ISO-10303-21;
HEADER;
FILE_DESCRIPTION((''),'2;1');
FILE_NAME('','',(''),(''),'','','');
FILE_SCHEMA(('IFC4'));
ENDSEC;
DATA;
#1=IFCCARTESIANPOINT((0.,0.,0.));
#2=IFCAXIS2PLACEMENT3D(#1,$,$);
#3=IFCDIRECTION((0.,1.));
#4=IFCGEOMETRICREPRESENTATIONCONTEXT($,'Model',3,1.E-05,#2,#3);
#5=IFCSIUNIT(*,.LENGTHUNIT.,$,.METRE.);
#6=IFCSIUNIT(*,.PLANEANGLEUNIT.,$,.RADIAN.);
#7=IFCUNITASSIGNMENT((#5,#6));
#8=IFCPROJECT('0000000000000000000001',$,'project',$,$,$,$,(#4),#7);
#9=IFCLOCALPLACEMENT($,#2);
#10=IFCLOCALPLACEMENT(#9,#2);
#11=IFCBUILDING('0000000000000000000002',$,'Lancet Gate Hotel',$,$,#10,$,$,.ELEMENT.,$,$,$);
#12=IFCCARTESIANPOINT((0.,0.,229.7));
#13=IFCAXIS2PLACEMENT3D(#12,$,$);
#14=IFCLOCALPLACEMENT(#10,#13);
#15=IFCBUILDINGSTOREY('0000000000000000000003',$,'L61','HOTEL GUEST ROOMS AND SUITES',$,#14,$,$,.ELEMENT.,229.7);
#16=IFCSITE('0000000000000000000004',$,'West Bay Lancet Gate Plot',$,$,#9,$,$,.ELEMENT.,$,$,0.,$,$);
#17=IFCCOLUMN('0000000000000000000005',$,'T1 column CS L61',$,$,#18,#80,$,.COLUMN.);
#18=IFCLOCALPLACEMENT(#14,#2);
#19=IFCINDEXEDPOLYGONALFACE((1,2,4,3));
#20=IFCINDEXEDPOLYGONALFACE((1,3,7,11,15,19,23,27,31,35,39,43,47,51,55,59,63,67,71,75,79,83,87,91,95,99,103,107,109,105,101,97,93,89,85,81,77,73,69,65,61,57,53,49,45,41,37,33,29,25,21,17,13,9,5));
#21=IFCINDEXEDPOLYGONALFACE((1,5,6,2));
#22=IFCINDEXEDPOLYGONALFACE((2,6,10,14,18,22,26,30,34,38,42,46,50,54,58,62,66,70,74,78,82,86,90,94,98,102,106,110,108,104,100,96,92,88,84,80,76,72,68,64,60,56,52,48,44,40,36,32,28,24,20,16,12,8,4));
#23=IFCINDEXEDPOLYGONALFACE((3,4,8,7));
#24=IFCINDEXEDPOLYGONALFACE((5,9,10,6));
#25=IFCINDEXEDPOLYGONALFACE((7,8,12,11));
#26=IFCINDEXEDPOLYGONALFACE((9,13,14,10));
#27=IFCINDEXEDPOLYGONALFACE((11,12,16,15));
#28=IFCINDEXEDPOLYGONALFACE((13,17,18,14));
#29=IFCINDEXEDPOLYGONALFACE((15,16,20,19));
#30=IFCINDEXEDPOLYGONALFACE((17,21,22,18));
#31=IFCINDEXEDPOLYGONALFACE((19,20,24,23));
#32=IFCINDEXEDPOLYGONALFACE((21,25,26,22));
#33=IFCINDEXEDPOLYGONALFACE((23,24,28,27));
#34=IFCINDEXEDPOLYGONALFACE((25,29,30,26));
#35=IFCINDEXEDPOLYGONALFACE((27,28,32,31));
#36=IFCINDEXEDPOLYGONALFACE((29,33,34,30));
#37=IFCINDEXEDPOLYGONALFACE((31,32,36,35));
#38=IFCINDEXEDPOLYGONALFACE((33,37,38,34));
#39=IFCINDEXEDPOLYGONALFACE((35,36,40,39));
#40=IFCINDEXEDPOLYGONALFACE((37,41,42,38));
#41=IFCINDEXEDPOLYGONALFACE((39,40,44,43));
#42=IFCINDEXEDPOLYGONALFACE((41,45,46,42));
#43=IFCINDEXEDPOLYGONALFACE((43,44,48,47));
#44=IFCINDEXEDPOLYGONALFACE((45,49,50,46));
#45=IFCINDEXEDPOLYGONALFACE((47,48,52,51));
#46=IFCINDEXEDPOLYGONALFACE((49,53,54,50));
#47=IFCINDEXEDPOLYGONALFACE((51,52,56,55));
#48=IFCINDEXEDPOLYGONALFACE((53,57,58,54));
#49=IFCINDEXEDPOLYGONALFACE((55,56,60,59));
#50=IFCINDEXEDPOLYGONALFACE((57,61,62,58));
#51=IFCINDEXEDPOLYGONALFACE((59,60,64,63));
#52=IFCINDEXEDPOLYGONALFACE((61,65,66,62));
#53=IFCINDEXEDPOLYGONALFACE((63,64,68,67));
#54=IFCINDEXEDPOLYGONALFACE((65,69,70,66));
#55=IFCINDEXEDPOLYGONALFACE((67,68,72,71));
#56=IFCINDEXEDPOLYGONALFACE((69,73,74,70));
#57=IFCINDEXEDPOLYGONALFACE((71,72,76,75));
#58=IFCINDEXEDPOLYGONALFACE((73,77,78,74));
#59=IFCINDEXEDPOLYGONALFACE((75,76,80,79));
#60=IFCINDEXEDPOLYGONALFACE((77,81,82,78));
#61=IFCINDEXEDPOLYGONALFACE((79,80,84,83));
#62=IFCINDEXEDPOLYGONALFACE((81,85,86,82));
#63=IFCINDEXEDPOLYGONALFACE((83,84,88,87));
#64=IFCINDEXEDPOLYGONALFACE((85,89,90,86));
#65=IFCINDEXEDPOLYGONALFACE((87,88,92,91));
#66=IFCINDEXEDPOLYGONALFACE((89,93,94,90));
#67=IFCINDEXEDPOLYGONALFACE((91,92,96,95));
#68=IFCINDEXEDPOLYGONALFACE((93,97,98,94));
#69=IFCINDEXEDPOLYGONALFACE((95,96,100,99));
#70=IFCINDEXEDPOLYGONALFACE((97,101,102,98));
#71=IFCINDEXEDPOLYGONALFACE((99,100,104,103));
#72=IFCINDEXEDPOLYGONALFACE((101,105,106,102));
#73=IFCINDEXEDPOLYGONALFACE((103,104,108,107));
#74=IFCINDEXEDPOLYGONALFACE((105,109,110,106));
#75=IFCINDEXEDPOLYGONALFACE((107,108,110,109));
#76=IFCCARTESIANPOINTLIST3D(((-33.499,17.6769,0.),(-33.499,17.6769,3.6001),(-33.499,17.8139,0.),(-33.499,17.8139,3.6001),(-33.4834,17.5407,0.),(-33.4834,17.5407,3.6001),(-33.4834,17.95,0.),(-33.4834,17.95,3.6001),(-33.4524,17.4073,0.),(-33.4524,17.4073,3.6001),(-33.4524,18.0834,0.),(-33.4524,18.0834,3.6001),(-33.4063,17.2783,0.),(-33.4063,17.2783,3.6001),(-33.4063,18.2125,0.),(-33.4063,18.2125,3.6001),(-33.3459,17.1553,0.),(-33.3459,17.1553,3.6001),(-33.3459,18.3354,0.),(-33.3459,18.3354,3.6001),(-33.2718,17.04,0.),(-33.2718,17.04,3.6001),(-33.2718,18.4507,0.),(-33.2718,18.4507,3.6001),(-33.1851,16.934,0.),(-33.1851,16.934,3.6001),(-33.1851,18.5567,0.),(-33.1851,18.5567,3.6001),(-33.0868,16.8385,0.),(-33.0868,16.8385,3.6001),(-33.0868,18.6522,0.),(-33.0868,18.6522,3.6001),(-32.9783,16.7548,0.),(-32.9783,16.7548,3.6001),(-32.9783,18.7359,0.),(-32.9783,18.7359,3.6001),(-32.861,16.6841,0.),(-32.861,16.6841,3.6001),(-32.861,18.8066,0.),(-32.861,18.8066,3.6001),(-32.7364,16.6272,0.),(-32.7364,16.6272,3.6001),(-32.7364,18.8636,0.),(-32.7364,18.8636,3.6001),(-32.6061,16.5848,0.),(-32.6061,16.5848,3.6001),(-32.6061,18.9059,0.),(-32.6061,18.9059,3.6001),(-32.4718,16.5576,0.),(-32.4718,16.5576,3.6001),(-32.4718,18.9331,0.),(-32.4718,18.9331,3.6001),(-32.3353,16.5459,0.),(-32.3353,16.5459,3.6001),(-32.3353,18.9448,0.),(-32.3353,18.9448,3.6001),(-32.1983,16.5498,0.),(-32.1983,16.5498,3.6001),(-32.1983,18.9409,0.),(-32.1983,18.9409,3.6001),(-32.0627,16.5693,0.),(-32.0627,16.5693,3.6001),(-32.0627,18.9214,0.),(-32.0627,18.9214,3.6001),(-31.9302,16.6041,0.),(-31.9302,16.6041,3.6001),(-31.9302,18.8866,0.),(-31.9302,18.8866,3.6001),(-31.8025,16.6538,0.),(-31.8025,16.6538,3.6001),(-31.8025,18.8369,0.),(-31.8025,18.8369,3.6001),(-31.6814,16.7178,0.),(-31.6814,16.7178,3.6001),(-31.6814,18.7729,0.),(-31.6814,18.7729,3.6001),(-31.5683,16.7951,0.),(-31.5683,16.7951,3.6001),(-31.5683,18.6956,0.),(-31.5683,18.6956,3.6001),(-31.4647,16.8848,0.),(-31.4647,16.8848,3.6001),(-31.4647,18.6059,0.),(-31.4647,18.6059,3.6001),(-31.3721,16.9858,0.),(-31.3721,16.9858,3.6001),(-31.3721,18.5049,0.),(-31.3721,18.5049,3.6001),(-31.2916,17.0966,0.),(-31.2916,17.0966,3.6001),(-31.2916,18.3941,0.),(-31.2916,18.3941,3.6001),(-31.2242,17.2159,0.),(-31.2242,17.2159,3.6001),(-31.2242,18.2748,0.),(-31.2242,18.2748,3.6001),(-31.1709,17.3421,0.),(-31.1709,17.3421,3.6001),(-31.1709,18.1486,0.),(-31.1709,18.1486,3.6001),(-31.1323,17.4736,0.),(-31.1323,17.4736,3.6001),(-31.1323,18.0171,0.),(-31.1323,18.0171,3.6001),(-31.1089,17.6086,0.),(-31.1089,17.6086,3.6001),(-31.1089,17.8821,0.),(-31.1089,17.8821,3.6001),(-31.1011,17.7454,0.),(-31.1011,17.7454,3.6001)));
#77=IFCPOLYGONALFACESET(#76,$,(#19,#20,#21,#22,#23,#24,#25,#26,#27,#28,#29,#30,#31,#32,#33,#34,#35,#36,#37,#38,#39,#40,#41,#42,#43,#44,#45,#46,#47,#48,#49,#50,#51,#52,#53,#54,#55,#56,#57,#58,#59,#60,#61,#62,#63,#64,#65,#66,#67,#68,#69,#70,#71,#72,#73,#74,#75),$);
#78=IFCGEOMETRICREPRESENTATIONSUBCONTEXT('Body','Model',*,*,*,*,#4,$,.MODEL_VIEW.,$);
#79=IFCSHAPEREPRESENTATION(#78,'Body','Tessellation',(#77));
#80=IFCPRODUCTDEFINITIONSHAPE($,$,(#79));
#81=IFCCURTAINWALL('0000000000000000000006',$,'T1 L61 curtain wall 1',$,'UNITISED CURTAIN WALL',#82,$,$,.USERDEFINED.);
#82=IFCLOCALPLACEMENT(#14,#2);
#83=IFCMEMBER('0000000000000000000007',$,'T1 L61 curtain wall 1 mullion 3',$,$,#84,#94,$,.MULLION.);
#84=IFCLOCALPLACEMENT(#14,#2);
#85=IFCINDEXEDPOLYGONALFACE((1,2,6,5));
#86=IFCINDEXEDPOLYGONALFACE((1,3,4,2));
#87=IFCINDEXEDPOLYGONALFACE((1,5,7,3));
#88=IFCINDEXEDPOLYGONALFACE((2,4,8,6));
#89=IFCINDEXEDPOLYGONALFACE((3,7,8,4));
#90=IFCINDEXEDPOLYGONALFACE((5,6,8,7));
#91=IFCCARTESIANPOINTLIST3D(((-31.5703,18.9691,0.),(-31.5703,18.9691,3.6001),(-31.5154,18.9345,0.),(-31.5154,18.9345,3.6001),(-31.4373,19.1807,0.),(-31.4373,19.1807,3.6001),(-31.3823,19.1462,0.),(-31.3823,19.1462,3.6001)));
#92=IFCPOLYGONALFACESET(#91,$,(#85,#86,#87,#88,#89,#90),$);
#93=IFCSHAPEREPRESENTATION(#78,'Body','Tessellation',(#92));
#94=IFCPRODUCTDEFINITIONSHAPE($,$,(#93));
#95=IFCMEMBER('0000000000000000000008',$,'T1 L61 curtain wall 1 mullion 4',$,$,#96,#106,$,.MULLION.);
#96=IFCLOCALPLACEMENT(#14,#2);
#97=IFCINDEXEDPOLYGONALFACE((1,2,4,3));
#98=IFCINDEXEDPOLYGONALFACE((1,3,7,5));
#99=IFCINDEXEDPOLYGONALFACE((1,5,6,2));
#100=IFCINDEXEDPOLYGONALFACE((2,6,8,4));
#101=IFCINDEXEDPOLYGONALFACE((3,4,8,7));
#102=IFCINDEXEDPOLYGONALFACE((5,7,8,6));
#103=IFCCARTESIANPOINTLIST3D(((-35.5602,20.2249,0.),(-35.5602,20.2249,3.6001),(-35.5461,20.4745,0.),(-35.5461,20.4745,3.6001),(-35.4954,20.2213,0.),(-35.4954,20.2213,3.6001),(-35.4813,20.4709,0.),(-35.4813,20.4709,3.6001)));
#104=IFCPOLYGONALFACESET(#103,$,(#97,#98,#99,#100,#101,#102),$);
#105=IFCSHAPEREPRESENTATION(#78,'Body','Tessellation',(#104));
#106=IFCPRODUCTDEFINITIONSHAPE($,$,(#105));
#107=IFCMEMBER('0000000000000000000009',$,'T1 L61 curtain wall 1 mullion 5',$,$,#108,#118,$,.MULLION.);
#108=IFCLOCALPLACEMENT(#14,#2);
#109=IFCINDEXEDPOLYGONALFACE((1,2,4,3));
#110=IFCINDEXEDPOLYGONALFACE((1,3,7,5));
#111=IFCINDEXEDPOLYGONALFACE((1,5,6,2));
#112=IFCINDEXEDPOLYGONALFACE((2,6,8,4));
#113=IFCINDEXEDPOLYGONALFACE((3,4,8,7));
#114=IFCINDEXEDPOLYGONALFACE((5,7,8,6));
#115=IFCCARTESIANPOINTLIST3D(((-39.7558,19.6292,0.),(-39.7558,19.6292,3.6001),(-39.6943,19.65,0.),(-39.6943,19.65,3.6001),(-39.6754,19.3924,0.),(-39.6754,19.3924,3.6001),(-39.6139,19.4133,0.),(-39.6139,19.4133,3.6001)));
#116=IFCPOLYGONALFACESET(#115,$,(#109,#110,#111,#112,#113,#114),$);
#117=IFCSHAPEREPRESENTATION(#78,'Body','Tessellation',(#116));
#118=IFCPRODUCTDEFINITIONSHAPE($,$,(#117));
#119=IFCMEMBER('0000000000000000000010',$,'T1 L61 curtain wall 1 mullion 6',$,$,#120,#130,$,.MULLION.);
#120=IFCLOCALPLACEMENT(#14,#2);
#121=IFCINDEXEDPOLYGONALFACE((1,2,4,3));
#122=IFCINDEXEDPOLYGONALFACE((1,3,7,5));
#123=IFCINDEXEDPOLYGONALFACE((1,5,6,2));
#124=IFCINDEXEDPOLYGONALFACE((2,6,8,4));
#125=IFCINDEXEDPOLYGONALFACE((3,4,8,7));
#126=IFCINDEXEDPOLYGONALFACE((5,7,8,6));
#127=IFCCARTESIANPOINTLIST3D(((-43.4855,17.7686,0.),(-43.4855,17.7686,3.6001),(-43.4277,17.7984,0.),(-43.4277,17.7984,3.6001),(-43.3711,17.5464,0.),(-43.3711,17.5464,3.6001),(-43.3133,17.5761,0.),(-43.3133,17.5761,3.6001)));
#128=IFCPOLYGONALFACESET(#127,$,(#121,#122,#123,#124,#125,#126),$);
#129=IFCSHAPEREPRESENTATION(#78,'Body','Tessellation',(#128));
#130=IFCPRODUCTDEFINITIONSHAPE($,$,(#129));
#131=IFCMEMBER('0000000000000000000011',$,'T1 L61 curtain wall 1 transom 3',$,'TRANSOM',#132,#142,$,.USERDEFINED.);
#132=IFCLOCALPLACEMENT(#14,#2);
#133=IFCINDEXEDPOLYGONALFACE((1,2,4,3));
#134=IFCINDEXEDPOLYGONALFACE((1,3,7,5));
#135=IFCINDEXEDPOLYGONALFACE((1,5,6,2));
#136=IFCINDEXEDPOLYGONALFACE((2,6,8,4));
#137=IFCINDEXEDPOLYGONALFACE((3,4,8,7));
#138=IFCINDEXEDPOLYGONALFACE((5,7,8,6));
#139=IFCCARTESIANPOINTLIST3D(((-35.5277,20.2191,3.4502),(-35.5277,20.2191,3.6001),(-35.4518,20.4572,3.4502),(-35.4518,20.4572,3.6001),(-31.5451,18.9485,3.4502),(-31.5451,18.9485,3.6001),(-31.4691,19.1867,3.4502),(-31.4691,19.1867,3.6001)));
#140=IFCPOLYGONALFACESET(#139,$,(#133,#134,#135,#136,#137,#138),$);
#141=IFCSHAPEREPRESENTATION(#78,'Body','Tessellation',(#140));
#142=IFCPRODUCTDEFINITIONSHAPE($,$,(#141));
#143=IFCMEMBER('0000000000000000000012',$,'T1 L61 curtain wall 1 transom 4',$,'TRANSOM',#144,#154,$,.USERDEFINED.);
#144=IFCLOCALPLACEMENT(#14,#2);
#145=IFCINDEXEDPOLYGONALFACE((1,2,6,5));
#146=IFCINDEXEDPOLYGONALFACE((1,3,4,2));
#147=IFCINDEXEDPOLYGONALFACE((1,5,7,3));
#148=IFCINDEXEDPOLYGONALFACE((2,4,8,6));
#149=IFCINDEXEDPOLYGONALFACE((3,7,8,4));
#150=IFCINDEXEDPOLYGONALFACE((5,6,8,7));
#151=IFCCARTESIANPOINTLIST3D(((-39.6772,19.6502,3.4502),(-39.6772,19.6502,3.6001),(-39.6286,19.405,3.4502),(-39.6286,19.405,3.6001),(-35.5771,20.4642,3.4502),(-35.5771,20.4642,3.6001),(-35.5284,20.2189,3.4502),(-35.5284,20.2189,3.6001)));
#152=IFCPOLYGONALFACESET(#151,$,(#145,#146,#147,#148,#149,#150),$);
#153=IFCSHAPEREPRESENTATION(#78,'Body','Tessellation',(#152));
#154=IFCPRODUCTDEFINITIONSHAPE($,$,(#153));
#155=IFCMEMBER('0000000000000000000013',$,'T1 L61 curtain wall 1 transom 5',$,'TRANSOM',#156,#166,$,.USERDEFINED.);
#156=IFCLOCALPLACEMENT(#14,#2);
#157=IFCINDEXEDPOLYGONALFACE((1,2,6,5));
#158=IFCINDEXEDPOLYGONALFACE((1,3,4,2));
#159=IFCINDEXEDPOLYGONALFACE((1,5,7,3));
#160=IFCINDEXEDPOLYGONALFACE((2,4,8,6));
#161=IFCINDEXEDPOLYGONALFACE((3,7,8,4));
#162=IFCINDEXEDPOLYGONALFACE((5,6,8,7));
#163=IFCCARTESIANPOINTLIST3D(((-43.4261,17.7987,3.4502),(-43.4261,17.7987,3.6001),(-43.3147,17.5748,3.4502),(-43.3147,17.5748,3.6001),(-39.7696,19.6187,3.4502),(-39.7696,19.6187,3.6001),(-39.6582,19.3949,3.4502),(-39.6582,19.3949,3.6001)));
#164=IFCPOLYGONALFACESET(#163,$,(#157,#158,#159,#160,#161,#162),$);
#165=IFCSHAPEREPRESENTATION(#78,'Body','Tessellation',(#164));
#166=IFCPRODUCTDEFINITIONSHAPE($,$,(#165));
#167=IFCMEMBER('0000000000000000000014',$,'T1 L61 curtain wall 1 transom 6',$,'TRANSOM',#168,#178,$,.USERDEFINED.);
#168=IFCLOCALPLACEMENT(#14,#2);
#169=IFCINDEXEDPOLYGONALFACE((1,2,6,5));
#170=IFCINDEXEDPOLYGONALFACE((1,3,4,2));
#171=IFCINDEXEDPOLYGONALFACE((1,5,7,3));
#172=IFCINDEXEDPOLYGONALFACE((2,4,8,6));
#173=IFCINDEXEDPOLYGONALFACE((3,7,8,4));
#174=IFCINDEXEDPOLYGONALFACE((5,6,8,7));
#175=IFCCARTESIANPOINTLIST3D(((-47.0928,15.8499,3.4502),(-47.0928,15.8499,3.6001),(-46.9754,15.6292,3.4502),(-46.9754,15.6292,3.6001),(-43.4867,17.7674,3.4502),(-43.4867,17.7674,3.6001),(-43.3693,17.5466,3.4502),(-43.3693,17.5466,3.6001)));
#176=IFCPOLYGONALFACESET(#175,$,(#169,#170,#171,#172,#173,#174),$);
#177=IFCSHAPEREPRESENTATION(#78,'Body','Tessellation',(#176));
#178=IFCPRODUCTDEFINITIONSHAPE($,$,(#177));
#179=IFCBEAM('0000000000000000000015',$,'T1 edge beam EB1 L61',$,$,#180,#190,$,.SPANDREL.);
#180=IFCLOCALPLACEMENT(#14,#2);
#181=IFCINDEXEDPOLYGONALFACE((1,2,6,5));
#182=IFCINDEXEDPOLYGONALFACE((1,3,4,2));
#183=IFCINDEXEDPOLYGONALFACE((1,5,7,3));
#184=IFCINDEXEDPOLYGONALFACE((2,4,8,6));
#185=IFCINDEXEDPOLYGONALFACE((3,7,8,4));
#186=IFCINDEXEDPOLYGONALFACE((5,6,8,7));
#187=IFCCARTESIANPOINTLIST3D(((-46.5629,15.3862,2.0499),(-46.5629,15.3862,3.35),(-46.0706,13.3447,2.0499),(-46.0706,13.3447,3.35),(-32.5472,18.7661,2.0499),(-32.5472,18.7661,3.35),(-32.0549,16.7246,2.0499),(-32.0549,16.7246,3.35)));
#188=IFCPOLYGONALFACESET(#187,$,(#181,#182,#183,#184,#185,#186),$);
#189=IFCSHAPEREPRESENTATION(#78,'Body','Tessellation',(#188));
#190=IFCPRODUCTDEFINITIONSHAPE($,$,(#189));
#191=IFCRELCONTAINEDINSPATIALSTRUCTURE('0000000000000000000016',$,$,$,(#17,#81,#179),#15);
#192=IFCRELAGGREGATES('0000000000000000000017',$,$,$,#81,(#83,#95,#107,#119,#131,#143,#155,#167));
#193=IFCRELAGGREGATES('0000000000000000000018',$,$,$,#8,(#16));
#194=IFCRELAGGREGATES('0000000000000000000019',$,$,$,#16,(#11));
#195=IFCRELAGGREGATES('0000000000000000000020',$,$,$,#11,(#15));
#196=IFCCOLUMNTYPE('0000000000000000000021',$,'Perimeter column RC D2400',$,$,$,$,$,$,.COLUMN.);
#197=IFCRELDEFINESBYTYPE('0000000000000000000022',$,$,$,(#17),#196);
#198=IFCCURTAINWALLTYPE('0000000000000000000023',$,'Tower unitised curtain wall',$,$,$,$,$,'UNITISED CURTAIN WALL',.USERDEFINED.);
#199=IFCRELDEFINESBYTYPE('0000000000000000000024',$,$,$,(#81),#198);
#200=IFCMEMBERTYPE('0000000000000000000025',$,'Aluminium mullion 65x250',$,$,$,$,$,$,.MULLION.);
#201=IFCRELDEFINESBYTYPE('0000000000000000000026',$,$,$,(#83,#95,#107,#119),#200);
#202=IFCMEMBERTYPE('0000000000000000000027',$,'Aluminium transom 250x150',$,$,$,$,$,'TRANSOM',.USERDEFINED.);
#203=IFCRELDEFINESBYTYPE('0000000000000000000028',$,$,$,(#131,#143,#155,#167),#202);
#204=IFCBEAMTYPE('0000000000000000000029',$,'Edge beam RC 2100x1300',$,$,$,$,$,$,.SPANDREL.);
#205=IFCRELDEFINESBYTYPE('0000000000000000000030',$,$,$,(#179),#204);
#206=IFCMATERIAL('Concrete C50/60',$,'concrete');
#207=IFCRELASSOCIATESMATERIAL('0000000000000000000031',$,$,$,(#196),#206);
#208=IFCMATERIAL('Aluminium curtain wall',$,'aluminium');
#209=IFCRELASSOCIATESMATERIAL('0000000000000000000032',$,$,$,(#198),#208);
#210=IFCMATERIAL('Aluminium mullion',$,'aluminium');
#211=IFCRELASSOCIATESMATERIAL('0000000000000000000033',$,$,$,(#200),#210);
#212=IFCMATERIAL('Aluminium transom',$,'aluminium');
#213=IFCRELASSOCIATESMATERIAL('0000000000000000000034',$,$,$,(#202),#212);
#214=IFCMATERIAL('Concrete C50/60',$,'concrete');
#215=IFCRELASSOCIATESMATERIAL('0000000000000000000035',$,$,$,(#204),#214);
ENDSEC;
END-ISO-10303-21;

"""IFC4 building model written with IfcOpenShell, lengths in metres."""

from ifc_helpers import new_model, si_unit, direction, frame, origin, origin_2d, place, context, subcontext, project, spatial, rectangle, circle, extrude, material, material_profile, profile_set, type_object, element, aggregate, save


model = new_model("IFC4")

# Units and contexts
model_context = context("Model", 3, precision=1e-05, world=origin(), true_north=direction((0.0, 1.0)))
body_context = subcontext(model_context, "Body", "Model", "MODEL_VIEW")
ifc_project = project(units=[si_unit("LENGTHUNIT", "METRE"), si_unit("PLANEANGLEUNIT", "RADIAN")], contexts=[model_context])

# Site, building, storey
site_placement = place(None, origin())
site = spatial("IfcSite", under=ifc_project, at=site_placement, Name="West Bay Lancet Gate Plot", CompositionType="ELEMENT", RefElevation=0.0)
building_placement = place(site_placement, origin())
building = spatial("IfcBuilding", under=site, at=building_placement, Name="Lancet Gate Hotel", CompositionType="ELEMENT")
storey_placement = place(building_placement, frame((0.0, 0.0, 229.7)))
storey = spatial("IfcBuildingStorey", under=building, at=storey_placement, Name="L61", Description="HOTEL GUEST ROOMS AND SUITES", CompositionType="ELEMENT", Elevation=229.7)

# Column
ifc_material_1 = material(Name="Concrete C50/60", Category="concrete")
ifc_material_profile_1 = material_profile(ifc_material_1, circle(Radius=1.2, at=origin_2d()), Name="RC D2400")
ifc_profile_set_1 = profile_set([ifc_material_profile_1], Name="Concrete C50/60")
column_type = type_object("IfcColumnType", Name="Perimeter column RC D2400", PredefinedType="COLUMN", material=ifc_profile_set_1)
column_placement = place(storey_placement, frame((-32.301, 17.7454, 0.0), z_axis=(0.0, 0.0, 1.0), x_axis=(1.0, 0.0, 0.0)))
element("IfcColumn", 1, at=column_placement, inside=storey, type_object=column_type, Name="T1 column CS L61", PredefinedType="COLUMN", context=body_context, shape_type="SweptSolid", body=[
    extrude(circle(Radius=1.2, at=origin_2d()), origin(), (0.0, 0.0, 1.0), 3.6001),
])

# Curtain wall, members
ifc_material_2 = material(Name="Aluminium curtain wall", Category="aluminium")
curtain_wall_type = type_object("IfcCurtainWallType", Name="Tower unitised curtain wall", ElementType="UNITISED CURTAIN WALL", PredefinedType="USERDEFINED", material=ifc_material_2)
curtain_wall_placement = place(storey_placement, origin())
curtain_wall = element("IfcCurtainWall", 2, at=curtain_wall_placement, inside=storey, type_object=curtain_wall_type, Name="T1 L61 curtain wall 1", ObjectType="UNITISED CURTAIN WALL", PredefinedType="USERDEFINED")
ifc_material_3 = material(Name="Aluminium mullion", Category="aluminium")
ifc_material_profile_2 = material_profile(ifc_material_3, rectangle(XDim=0.0649, YDim=0.25, at=origin_2d()), Name="MULLION 65x250")
ifc_profile_set_2 = profile_set([ifc_material_profile_2], Name="Aluminium mullion")
member_type_1 = type_object("IfcMemberType", Name="Aluminium mullion 65x250", PredefinedType="MULLION", material=ifc_profile_set_2)
member_1_placement = place(storey_placement, frame((-31.4763, 19.0576, 0.0), z_axis=(0.0, 0.0, 1.0), x_axis=(-0.846613, 0.532209, 0.0)))
member_1 = element("IfcMember", 3, at=member_1_placement, type_object=member_type_1, Name="T1 L61 curtain wall 1 mullion 3", PredefinedType="MULLION", context=body_context, shape_type="SweptSolid", body=[
    extrude(rectangle(XDim=0.0649, YDim=0.25, at=origin_2d()), origin(), (0.0, 0.0, 1.0), 3.6001),
])
member_2_placement = place(storey_placement, frame((-35.5208, 20.3479, 0.0), z_axis=(0.0, 0.0, 1.0), x_axis=(-0.998409, 0.056384, 0.0)))
member_2 = element("IfcMember", 4, at=member_2_placement, type_object=member_type_1, Name="T1 L61 curtain wall 1 mullion 4", PredefinedType="MULLION", context=body_context, shape_type="SweptSolid", body=[
    extrude(rectangle(XDim=0.0649, YDim=0.25, at=origin_2d()), origin(), (0.0, 0.0, 1.0), 3.6001),
])
member_3_placement = place(storey_placement, frame((-39.6848, 19.5212, 0.0), z_axis=(0.0, 0.0, 1.0), x_axis=(-0.946888, -0.321564, 0.0)))
member_3 = element("IfcMember", 5, at=member_3_placement, type_object=member_type_1, Name="T1 L61 curtain wall 1 mullion 5", PredefinedType="MULLION", context=body_context, shape_type="SweptSolid", body=[
    extrude(rectangle(XDim=0.0649, YDim=0.25, at=origin_2d()), origin(), (0.0, 0.0, 1.0), 3.6001),
])
member_4_placement = place(storey_placement, frame((-43.3994, 17.6724, 0.0), z_axis=(0.0, 0.0, 1.0), x_axis=(-0.889156, -0.457605, 0.0)))
member_4 = element("IfcMember", 6, at=member_4_placement, type_object=member_type_1, Name="T1 L61 curtain wall 1 mullion 6", PredefinedType="MULLION", context=body_context, shape_type="SweptSolid", body=[
    extrude(rectangle(XDim=0.0649, YDim=0.25, at=origin_2d()), origin(), (0.0, 0.0, 1.0), 3.6001),
])
ifc_material_4 = material(Name="Aluminium transom", Category="aluminium")
ifc_material_profile_3 = material_profile(ifc_material_4, rectangle(XDim=0.25, YDim=0.1499, at=origin_2d()), Name="TRANSOM 250x150")
ifc_profile_set_3 = profile_set([ifc_material_profile_3], Name="Aluminium transom")
member_type_2 = type_object("IfcMemberType", Name="Aluminium transom 250x150", ElementType="TRANSOM", PredefinedType="USERDEFINED", material=ifc_profile_set_3)
member_5_placement = place(storey_placement, frame((-31.5071, 19.0676, 3.5251), z_axis=(-0.952698, 0.30392, 0.0), x_axis=(-0.30392, -0.952698, 0.0)))
member_5 = element("IfcMember", 7, at=member_5_placement, type_object=member_type_2, Name="T1 L61 curtain wall 1 transom 3", ObjectType="TRANSOM", PredefinedType="USERDEFINED", context=body_context, shape_type="SweptSolid", body=[
    extrude(rectangle(XDim=0.25, YDim=0.1499, at=origin_2d()), origin(), (0.0, 0.0, 1.0), 4.1804),
])
member_6_placement = place(storey_placement, frame((-35.5527, 20.3416, 3.5251), z_axis=(-0.980858, -0.194723, 0.0), x_axis=(0.194723, -0.980858, 0.0)))
member_6 = element("IfcMember", 8, at=member_6_placement, type_object=member_type_2, Name="T1 L61 curtain wall 1 transom 4", ObjectType="TRANSOM", PredefinedType="USERDEFINED", context=body_context, shape_type="SweptSolid", body=[
    extrude(rectangle(XDim=0.25, YDim=0.1499, at=origin_2d()), origin(), (0.0, 0.0, 1.0), 4.1802),
])
member_7_placement = place(storey_placement, frame((-39.7139, 19.5068, 3.5251), z_axis=(-0.895227, -0.445611, 0.0), x_axis=(0.445611, -0.895227, 0.0)))
member_7 = element("IfcMember", 9, at=member_7_placement, type_object=member_type_2, Name="T1 L61 curtain wall 1 transom 5", ObjectType="TRANSOM", PredefinedType="USERDEFINED", context=body_context, shape_type="SweptSolid", body=[
    extrude(rectangle(XDim=0.25, YDim=0.1499, at=origin_2d()), origin(), (0.0, 0.0, 1.0), 4.0845),
])
member_8_placement = place(storey_placement, frame((-43.428, 17.657, 3.5251), z_axis=(-0.882945, -0.469477, 0.0), x_axis=(0.469477, -0.882945, 0.0)))
member_8 = element("IfcMember", 10, at=member_8_placement, type_object=member_type_2, Name="T1 L61 curtain wall 1 transom 6", ObjectType="TRANSOM", PredefinedType="USERDEFINED", context=body_context, shape_type="SweptSolid", body=[
    extrude(rectangle(XDim=0.25, YDim=0.1499, at=origin_2d()), origin(), (0.0, 0.0, 1.0), 4.0842),
])

# Beam
ifc_material_5 = material(Name="Concrete C50/60", Category="concrete")
ifc_material_profile_4 = material_profile(ifc_material_5, rectangle(XDim=2.1001, YDim=1.3, at=origin_2d()), Name="RC 2100x1300")
ifc_profile_set_4 = profile_set([ifc_material_profile_4], Name="Concrete C50/60")
beam_type_1 = type_object("IfcBeamType", Name="Edge beam RC 2100x1300", PredefinedType="SPANDREL", material=ifc_profile_set_4)
beam_1_placement = place(storey_placement, frame((-32.301, 17.7454, 2.7), z_axis=(-0.972133, -0.234431, 0.0), x_axis=(0.234431, -0.972133, 0.0)))
element("IfcBeam", 11, at=beam_1_placement, inside=storey, type_object=beam_type_1, Name="T1 edge beam EB1 L61", PredefinedType="SPANDREL", context=body_context, shape_type="SweptSolid", body=[
    extrude(rectangle(XDim=2.1001, YDim=1.3, at=origin_2d()), origin(), (0.0, 0.0, 1.0), 14.4175),
])

aggregate(curtain_wall, [member_1, member_2, member_3, member_4, member_5, member_6, member_7, member_8])

save(model, "model.ifc")
